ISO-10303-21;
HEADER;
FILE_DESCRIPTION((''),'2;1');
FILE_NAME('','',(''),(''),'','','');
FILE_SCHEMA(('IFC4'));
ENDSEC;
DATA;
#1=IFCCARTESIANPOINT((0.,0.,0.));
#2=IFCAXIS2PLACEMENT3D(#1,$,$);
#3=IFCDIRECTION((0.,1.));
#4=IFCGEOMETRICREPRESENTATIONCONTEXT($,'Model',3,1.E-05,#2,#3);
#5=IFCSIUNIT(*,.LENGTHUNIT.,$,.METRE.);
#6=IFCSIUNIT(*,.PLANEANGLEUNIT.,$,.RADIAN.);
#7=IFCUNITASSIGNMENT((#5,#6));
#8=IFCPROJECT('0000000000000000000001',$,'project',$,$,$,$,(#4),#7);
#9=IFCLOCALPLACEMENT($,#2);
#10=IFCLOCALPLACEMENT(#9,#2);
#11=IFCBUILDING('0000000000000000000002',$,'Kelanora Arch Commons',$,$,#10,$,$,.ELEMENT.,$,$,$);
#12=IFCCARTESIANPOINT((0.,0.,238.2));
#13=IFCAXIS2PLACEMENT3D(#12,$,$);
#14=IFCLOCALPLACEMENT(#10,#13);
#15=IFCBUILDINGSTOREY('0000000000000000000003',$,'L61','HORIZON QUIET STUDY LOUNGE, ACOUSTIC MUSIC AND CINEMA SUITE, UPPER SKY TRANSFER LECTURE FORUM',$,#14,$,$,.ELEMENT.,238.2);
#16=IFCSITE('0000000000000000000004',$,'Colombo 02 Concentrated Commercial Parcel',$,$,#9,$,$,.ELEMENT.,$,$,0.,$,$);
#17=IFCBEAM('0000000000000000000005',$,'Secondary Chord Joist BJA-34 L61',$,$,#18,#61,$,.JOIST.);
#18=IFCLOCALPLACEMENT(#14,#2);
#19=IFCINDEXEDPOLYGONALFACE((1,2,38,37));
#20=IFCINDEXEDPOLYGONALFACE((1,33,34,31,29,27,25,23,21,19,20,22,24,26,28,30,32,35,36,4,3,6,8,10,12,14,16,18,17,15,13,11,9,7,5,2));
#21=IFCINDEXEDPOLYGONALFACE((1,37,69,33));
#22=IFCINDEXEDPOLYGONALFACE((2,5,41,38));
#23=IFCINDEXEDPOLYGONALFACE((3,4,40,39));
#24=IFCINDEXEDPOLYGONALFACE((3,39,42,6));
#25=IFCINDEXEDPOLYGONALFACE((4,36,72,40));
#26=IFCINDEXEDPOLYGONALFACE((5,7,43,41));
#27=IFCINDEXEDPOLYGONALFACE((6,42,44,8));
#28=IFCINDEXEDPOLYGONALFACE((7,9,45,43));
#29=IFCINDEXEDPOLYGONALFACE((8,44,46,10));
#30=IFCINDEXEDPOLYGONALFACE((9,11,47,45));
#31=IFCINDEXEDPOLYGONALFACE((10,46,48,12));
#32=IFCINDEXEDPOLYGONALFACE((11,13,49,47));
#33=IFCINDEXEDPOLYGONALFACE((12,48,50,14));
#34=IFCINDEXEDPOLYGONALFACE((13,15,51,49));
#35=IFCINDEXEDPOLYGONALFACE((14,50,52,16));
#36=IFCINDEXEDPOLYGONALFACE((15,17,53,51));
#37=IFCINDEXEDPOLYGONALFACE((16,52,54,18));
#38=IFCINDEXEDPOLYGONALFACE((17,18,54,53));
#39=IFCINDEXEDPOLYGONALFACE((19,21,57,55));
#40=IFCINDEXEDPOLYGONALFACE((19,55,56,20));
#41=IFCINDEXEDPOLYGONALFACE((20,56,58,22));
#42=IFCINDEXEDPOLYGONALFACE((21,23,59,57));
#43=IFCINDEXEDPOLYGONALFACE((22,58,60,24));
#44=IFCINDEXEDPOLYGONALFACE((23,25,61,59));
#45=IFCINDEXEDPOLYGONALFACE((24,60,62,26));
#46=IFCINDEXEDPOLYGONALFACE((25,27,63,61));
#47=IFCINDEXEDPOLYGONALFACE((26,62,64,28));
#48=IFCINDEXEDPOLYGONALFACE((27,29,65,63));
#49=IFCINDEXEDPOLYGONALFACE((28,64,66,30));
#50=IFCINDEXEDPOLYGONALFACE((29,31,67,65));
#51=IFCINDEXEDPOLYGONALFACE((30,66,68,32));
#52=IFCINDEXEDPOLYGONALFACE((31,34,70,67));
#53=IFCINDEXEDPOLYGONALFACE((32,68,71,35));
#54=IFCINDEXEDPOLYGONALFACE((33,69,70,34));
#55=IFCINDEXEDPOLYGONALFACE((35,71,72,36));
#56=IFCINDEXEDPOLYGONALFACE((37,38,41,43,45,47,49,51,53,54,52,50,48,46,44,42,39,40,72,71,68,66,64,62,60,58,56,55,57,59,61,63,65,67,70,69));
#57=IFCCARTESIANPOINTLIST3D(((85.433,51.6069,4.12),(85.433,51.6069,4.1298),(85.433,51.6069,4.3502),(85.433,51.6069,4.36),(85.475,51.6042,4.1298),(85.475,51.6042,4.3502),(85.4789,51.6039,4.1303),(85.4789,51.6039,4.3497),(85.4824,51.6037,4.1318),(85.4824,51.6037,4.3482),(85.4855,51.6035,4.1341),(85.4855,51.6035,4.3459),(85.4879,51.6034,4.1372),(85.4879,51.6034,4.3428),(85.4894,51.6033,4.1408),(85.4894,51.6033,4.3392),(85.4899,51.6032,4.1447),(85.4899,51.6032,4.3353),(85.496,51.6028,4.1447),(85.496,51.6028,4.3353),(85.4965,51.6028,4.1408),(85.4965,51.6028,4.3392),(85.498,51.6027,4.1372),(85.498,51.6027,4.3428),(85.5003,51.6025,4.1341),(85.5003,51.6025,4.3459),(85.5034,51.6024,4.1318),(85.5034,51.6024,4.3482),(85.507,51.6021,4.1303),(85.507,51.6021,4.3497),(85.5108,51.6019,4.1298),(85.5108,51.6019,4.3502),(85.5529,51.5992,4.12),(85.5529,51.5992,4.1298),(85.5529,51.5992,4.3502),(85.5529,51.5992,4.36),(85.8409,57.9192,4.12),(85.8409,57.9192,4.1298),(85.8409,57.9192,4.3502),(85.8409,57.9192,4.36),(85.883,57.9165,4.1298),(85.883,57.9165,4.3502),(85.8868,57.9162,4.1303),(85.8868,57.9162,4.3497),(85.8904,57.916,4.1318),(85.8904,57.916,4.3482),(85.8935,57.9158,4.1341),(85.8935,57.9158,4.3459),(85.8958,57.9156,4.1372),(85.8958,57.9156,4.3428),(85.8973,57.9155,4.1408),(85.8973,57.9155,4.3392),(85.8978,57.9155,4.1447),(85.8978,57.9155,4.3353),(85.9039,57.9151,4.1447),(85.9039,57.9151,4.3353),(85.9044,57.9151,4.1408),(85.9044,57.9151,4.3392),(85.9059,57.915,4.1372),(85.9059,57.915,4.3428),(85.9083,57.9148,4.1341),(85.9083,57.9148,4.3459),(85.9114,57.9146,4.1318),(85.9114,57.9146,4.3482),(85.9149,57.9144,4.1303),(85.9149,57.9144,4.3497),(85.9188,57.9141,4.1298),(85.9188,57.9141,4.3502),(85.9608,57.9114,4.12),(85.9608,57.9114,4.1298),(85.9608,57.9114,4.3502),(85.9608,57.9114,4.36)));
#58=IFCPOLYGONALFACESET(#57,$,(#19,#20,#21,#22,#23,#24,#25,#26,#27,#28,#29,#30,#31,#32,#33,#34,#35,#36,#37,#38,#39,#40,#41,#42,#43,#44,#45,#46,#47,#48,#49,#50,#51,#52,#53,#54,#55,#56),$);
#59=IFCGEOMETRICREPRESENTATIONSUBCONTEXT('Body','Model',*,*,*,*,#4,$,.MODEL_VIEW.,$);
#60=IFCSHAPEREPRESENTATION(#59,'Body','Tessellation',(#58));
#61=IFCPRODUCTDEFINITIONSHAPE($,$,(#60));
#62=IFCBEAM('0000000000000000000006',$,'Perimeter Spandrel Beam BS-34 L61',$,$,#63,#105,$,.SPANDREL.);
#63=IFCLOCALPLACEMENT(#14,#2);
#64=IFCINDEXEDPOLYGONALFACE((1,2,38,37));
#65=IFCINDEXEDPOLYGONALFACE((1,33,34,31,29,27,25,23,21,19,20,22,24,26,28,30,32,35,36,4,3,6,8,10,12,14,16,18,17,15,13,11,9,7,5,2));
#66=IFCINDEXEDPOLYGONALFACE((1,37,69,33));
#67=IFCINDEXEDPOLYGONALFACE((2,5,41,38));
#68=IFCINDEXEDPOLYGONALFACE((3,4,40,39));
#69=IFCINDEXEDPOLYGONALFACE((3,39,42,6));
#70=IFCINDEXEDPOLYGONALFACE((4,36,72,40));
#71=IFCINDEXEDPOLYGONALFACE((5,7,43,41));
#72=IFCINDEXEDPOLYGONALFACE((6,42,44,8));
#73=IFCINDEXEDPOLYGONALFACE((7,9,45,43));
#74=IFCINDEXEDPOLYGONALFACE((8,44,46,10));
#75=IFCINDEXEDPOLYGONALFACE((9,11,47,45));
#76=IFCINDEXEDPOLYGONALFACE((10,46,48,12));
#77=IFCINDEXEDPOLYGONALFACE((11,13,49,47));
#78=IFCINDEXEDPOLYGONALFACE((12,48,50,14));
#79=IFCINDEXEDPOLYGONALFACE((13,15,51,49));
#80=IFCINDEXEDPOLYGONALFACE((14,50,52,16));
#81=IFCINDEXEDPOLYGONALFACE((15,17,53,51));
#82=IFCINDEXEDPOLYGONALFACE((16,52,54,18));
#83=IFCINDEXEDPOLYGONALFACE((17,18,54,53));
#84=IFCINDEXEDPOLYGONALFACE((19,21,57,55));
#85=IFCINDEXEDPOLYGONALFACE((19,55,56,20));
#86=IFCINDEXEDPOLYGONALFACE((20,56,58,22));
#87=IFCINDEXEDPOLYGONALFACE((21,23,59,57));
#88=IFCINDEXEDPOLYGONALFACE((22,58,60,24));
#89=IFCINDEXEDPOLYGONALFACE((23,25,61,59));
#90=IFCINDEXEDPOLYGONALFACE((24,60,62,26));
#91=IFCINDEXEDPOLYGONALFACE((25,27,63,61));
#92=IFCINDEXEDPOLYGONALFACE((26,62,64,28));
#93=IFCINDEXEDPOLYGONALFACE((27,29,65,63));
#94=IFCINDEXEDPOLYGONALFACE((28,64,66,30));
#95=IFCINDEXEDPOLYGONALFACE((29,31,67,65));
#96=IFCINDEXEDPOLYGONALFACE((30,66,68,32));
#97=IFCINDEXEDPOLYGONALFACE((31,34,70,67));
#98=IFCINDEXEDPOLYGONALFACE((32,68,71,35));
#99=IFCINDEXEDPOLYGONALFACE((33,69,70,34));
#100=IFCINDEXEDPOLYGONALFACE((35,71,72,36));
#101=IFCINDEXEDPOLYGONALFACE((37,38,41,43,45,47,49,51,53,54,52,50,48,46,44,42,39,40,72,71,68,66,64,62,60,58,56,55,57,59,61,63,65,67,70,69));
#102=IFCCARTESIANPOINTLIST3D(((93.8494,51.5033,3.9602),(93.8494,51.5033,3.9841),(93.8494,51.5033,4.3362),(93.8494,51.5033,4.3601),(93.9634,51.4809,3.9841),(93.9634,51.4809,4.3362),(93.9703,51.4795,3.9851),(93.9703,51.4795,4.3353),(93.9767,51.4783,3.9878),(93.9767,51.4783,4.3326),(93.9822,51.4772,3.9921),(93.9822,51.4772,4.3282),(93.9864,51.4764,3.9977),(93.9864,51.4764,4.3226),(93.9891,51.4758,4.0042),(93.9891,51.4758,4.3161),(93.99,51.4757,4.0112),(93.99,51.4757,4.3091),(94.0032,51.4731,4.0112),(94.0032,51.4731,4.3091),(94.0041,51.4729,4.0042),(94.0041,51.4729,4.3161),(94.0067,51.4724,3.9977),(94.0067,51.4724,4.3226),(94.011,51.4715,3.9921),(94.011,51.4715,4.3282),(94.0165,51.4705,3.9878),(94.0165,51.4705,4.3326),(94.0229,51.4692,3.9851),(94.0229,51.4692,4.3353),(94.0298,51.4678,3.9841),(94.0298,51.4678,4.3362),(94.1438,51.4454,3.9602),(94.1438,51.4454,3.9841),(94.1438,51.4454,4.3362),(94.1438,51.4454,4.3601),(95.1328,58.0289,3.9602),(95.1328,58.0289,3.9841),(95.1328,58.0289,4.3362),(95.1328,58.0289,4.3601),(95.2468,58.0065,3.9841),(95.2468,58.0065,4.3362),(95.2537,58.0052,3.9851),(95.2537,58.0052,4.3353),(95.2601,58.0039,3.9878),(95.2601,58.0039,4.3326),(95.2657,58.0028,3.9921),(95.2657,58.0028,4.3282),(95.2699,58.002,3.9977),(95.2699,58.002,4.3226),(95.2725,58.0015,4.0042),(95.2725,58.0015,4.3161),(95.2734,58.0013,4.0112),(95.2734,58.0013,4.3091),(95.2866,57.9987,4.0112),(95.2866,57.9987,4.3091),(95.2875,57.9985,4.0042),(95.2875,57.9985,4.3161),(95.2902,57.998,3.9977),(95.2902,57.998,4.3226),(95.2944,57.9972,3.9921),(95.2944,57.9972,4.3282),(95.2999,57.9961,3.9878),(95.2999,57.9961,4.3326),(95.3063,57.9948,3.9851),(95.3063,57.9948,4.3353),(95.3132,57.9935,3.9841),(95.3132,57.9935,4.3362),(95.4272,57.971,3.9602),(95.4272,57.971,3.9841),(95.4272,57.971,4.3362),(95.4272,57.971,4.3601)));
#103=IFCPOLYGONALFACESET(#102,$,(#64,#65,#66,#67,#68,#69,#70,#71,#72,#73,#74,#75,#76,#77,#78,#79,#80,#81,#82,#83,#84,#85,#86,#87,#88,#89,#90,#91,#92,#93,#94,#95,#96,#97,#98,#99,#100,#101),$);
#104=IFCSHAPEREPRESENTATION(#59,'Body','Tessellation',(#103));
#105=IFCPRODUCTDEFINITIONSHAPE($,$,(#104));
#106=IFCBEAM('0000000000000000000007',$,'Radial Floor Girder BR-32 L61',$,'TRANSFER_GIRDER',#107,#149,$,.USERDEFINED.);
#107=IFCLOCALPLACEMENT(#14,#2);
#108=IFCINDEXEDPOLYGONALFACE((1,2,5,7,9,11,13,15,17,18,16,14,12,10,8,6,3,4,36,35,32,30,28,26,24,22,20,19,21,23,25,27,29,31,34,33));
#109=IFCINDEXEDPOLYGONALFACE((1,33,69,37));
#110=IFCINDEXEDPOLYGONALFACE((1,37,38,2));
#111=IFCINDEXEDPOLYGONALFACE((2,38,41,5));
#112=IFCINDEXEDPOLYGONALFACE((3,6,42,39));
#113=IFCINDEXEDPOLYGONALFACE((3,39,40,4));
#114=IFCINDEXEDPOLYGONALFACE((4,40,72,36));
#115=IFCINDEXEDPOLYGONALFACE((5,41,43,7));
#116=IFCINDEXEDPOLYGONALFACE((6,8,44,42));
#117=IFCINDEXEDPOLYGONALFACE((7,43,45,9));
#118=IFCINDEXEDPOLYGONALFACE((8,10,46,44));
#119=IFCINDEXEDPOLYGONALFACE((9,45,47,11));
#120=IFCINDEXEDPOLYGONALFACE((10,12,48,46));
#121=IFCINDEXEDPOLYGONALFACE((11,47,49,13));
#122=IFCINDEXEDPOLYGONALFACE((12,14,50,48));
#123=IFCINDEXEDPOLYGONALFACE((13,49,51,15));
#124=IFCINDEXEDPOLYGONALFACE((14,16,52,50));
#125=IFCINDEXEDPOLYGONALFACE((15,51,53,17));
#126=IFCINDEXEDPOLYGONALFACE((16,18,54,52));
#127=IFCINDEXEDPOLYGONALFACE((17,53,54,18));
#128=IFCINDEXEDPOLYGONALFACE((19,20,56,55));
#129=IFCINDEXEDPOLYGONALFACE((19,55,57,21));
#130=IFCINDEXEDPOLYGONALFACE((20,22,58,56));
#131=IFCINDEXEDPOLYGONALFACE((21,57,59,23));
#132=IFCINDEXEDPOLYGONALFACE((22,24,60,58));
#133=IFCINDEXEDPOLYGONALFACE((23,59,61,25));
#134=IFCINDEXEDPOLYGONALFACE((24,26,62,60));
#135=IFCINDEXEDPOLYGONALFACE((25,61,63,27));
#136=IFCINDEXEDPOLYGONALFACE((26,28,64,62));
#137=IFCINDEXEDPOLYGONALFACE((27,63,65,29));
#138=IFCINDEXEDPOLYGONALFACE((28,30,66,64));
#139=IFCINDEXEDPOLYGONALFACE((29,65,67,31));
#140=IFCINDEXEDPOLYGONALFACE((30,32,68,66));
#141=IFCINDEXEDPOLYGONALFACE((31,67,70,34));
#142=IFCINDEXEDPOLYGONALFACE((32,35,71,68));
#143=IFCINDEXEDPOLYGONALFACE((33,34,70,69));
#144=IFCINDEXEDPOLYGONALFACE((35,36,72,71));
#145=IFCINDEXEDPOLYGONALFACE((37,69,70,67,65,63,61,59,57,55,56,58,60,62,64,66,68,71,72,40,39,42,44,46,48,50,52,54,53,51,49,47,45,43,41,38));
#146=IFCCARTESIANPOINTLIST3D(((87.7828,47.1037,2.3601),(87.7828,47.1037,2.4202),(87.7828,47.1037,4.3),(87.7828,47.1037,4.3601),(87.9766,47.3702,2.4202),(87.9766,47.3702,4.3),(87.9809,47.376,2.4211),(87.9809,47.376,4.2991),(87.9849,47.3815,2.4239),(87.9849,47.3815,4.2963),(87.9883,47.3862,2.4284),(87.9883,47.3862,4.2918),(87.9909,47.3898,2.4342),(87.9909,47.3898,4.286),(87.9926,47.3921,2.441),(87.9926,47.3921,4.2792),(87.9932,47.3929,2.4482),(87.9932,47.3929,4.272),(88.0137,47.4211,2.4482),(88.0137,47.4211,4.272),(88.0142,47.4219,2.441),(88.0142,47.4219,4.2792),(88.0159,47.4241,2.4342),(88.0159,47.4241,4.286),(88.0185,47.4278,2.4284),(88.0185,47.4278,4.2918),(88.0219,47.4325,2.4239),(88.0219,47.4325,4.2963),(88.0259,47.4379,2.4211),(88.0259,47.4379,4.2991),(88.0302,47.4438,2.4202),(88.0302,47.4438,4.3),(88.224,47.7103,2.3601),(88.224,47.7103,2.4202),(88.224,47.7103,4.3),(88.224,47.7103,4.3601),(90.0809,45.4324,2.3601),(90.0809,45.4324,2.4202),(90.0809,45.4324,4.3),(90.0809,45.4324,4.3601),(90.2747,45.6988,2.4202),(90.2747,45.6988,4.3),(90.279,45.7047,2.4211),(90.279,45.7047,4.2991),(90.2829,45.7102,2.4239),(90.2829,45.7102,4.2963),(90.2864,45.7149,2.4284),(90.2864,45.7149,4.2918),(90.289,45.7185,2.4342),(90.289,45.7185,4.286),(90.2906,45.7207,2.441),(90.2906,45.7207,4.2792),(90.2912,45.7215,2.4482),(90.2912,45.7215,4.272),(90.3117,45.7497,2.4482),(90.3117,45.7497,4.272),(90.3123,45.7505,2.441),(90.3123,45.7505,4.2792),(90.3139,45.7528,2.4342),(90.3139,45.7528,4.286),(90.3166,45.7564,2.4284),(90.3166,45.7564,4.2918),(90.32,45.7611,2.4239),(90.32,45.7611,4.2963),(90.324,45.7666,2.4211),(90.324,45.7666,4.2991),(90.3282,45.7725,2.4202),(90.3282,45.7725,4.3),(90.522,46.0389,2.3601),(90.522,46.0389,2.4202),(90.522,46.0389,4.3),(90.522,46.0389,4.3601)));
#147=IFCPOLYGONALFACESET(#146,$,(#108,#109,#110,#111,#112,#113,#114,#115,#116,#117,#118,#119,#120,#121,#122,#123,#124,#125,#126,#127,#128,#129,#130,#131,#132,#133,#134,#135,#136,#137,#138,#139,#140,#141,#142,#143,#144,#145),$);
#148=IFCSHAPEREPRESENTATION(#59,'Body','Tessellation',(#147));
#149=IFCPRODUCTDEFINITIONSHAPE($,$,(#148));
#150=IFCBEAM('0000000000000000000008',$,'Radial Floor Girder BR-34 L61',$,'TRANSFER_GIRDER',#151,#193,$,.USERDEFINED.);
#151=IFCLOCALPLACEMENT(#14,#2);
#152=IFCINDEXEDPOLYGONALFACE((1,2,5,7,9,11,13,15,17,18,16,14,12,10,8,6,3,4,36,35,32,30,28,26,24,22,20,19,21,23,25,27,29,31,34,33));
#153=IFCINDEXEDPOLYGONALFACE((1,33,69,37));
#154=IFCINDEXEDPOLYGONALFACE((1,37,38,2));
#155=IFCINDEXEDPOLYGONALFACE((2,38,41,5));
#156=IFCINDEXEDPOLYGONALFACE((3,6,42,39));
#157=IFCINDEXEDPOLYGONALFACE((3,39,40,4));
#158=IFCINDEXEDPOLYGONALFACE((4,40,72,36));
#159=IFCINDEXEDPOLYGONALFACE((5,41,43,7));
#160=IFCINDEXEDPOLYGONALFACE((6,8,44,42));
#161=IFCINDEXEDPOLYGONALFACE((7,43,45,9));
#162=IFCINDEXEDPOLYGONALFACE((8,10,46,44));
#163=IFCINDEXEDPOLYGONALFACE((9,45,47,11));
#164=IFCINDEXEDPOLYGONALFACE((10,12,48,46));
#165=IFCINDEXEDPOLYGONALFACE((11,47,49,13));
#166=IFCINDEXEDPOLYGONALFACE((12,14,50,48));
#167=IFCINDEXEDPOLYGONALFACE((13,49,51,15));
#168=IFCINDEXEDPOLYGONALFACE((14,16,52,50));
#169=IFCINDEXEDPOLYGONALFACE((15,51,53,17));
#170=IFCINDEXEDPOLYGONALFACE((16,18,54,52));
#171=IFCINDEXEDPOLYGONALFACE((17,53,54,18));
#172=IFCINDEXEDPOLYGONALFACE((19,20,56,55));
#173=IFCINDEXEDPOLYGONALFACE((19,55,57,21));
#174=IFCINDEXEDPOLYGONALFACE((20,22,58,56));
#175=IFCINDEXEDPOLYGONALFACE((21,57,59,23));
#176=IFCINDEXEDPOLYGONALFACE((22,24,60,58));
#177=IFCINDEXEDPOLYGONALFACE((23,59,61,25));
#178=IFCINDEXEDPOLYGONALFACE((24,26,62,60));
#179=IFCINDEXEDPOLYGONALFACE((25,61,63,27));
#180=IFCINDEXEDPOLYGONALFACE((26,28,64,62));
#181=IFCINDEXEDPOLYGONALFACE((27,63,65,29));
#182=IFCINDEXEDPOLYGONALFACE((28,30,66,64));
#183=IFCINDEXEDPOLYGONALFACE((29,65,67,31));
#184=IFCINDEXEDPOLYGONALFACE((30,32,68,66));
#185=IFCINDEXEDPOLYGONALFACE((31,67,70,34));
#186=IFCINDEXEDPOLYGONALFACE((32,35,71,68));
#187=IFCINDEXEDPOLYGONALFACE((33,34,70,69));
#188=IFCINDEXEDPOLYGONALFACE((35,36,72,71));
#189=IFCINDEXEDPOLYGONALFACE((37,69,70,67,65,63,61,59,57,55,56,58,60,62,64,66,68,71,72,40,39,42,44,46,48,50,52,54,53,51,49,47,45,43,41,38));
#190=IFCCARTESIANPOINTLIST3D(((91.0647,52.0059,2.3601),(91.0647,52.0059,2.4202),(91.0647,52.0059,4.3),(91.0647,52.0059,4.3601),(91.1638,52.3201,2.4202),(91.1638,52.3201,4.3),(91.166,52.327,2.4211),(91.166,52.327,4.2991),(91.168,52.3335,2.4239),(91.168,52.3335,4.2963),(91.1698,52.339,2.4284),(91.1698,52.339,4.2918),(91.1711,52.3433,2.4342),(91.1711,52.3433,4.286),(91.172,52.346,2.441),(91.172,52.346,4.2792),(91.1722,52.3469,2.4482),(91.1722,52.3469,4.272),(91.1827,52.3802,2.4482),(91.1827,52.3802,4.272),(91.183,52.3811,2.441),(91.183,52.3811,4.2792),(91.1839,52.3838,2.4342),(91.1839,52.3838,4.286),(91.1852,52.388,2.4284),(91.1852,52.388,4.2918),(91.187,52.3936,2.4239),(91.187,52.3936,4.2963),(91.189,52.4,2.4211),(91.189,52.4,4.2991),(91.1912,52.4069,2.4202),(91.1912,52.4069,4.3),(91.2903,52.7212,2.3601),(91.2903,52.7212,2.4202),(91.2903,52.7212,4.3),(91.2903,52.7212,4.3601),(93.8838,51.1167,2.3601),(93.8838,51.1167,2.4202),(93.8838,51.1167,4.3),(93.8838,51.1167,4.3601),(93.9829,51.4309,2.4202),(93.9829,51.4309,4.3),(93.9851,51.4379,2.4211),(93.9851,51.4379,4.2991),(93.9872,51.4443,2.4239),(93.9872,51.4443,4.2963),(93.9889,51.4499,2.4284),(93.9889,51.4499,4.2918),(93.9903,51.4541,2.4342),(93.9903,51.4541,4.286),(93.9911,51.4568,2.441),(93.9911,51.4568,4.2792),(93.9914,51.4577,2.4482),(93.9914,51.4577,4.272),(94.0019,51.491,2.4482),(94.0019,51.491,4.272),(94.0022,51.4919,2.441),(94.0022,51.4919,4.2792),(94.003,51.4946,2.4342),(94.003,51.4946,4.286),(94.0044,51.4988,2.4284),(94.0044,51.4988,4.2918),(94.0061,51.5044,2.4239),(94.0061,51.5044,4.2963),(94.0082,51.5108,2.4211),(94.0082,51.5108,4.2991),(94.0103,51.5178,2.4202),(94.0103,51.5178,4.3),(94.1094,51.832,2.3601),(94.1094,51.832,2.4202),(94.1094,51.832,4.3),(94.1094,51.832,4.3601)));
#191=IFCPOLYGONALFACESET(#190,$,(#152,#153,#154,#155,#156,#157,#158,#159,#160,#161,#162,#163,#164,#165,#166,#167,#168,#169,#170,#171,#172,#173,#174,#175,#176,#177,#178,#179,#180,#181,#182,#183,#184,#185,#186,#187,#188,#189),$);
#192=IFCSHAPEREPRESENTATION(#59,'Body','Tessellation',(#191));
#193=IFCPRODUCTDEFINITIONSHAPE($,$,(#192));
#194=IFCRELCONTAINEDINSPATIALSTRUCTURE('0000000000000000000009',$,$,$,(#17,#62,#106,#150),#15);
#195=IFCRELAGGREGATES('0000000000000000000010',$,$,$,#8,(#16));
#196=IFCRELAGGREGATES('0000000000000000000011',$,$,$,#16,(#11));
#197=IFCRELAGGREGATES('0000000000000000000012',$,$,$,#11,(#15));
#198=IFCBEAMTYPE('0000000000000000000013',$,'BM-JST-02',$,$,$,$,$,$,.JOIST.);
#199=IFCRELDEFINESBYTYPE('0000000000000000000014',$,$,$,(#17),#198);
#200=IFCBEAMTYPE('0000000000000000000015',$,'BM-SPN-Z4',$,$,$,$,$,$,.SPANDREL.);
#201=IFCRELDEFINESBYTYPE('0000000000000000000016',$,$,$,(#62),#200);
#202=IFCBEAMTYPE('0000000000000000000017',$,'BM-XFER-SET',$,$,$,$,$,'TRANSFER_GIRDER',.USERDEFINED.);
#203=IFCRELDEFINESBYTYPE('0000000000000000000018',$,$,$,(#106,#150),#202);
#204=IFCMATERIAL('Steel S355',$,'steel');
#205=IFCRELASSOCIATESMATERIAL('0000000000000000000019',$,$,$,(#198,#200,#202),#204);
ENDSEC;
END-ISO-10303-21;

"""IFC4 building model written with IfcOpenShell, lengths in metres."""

from ifc_helpers import new_model, si_unit, direction, frame, origin, origin_2d, place, context, subcontext, project, spatial, i_section, extrude, material, material_profile, profile_set, type_object, element, save


model = new_model("IFC4")

# Units and contexts
model_context = context("Model", 3, precision=1e-05, world=origin(), true_north=direction((0.0, 1.0)))
body_context = subcontext(model_context, "Body", "Model", "MODEL_VIEW")
ifc_project = project(units=[si_unit("LENGTHUNIT", "METRE"), si_unit("PLANEANGLEUNIT", "RADIAN")], contexts=[model_context])

# Site, building, storey
site_placement = place(None, origin())
site = spatial("IfcSite", under=ifc_project, at=site_placement, Name="Colombo 02 Concentrated Commercial Parcel", CompositionType="ELEMENT", RefElevation=0.0)
building_placement = place(site_placement, origin())
building = spatial("IfcBuilding", under=site, at=building_placement, Name="Kelanora Arch Commons", CompositionType="ELEMENT")
storey_placement = place(building_placement, frame((0.0, 0.0, 238.2)))
storey = spatial("IfcBuildingStorey", under=building, at=storey_placement, Name="L61", Description="HORIZON QUIET STUDY LOUNGE, ACOUSTIC MUSIC AND CINEMA SUITE, UPPER SKY TRANSFER LECTURE FORUM", CompositionType="ELEMENT", Elevation=238.2)

# Beams
ifc_material_1 = material(Name="Steel S355", Category="steel")
ifc_material_profile_1 = material_profile(ifc_material_1, i_section(OverallWidth=0.1201, OverallDepth=0.24, WebThickness=0.0061, FlangeThickness=0.0098, FilletRadius=0.0149, at=origin_2d()), Name="IPE240")
ifc_profile_set_1 = profile_set([ifc_material_profile_1], Name="Steel S355")
beam_type_1 = type_object("IfcBeamType", Name="BM-JST-02", PredefinedType="JOIST", material=ifc_profile_set_1)
beam_1_placement = place(storey_placement, frame((85.4929, 51.603, 4.24), z_axis=(0.064495, 0.997918, 0.0), x_axis=(-0.997918, 0.064495, 0.0)))
element("IfcBeam", 1, at=beam_1_placement, inside=storey, type_object=beam_type_1, Name="Secondary Chord Joist BJA-34 L61", PredefinedType="JOIST", context=body_context, shape_type="SweptSolid", body=[
    extrude(i_section(OverallWidth=0.1201, OverallDepth=0.24, WebThickness=0.0061, FlangeThickness=0.0098, FilletRadius=0.0149, at=origin_2d()), origin(), (0.0, 0.0, 1.0), 6.3254),
])
ifc_material_profile_2 = material_profile(ifc_material_1, i_section(OverallWidth=0.3, OverallDepth=0.3999, WebThickness=0.0134, FlangeThickness=0.0239, FilletRadius=0.0271, at=origin_2d()), Name="HEB400")
ifc_profile_set_2 = profile_set([ifc_material_profile_2], Name="Steel S355")
beam_type_2 = type_object("IfcBeamType", Name="BM-SPN-Z4", PredefinedType="SPANDREL", material=ifc_profile_set_2)
beam_2_placement = place(storey_placement, frame((93.9966, 51.4744, 4.1602), z_axis=(0.192981, 0.981203, 0.0), x_axis=(-0.981203, 0.192981, 0.0)))
element("IfcBeam", 2, at=beam_2_placement, inside=storey, type_object=beam_type_2, Name="Perimeter Spandrel Beam BS-34 L61", PredefinedType="SPANDREL", context=body_context, shape_type="SweptSolid", body=[
    extrude(i_section(OverallWidth=0.3, OverallDepth=0.3999, WebThickness=0.0134, FlangeThickness=0.0239, FilletRadius=0.0271, at=origin_2d()), origin(), (0.0, 0.0, 1.0), 6.6506),
])
ifc_material_profile_3 = material_profile(ifc_material_1, i_section(OverallWidth=0.75, OverallDepth=2.0, WebThickness=0.0349, FlangeThickness=0.0601, FilletRadius=0.0281, at=origin_2d()), Name="PG2000x750")
ifc_profile_set_3 = profile_set([ifc_material_profile_3], Name="Steel S355")
beam_type_3 = type_object("IfcBeamType", Name="BM-XFER-SET", ElementType="TRANSFER_GIRDER", PredefinedType="USERDEFINED", material=ifc_profile_set_3)
beam_3_placement = place(storey_placement, frame((88.0034, 47.407, 3.3601), z_axis=(0.808729, -0.588182, 0.0), x_axis=(0.588182, 0.808729, 0.0)))
element("IfcBeam", 3, at=beam_3_placement, inside=storey, type_object=beam_type_3, Name="Radial Floor Girder BR-32 L61", ObjectType="TRANSFER_GIRDER", PredefinedType="USERDEFINED", context=body_context, shape_type="SweptSolid", body=[
    extrude(i_section(OverallWidth=0.75, OverallDepth=2.0, WebThickness=0.0349, FlangeThickness=0.0601, FilletRadius=0.0281, at=origin_2d()), origin(), (0.0, 0.0, 1.0), 2.8416),
])
beam_4_placement = place(storey_placement, frame((91.1775, 52.3635, 3.3601), z_axis=(0.953687, -0.300799, 0.0), x_axis=(0.300799, 0.953687, 0.0)))
element("IfcBeam", 4, at=beam_4_placement, inside=storey, type_object=beam_type_3, Name="Radial Floor Girder BR-34 L61", ObjectType="TRANSFER_GIRDER", PredefinedType="USERDEFINED", context=body_context, shape_type="SweptSolid", body=[
    extrude(i_section(OverallWidth=0.75, OverallDepth=2.0, WebThickness=0.0349, FlangeThickness=0.0601, FilletRadius=0.0281, at=origin_2d()), origin(), (0.0, 0.0, 1.0), 2.9561),
])

save(model, "model.ifc")
